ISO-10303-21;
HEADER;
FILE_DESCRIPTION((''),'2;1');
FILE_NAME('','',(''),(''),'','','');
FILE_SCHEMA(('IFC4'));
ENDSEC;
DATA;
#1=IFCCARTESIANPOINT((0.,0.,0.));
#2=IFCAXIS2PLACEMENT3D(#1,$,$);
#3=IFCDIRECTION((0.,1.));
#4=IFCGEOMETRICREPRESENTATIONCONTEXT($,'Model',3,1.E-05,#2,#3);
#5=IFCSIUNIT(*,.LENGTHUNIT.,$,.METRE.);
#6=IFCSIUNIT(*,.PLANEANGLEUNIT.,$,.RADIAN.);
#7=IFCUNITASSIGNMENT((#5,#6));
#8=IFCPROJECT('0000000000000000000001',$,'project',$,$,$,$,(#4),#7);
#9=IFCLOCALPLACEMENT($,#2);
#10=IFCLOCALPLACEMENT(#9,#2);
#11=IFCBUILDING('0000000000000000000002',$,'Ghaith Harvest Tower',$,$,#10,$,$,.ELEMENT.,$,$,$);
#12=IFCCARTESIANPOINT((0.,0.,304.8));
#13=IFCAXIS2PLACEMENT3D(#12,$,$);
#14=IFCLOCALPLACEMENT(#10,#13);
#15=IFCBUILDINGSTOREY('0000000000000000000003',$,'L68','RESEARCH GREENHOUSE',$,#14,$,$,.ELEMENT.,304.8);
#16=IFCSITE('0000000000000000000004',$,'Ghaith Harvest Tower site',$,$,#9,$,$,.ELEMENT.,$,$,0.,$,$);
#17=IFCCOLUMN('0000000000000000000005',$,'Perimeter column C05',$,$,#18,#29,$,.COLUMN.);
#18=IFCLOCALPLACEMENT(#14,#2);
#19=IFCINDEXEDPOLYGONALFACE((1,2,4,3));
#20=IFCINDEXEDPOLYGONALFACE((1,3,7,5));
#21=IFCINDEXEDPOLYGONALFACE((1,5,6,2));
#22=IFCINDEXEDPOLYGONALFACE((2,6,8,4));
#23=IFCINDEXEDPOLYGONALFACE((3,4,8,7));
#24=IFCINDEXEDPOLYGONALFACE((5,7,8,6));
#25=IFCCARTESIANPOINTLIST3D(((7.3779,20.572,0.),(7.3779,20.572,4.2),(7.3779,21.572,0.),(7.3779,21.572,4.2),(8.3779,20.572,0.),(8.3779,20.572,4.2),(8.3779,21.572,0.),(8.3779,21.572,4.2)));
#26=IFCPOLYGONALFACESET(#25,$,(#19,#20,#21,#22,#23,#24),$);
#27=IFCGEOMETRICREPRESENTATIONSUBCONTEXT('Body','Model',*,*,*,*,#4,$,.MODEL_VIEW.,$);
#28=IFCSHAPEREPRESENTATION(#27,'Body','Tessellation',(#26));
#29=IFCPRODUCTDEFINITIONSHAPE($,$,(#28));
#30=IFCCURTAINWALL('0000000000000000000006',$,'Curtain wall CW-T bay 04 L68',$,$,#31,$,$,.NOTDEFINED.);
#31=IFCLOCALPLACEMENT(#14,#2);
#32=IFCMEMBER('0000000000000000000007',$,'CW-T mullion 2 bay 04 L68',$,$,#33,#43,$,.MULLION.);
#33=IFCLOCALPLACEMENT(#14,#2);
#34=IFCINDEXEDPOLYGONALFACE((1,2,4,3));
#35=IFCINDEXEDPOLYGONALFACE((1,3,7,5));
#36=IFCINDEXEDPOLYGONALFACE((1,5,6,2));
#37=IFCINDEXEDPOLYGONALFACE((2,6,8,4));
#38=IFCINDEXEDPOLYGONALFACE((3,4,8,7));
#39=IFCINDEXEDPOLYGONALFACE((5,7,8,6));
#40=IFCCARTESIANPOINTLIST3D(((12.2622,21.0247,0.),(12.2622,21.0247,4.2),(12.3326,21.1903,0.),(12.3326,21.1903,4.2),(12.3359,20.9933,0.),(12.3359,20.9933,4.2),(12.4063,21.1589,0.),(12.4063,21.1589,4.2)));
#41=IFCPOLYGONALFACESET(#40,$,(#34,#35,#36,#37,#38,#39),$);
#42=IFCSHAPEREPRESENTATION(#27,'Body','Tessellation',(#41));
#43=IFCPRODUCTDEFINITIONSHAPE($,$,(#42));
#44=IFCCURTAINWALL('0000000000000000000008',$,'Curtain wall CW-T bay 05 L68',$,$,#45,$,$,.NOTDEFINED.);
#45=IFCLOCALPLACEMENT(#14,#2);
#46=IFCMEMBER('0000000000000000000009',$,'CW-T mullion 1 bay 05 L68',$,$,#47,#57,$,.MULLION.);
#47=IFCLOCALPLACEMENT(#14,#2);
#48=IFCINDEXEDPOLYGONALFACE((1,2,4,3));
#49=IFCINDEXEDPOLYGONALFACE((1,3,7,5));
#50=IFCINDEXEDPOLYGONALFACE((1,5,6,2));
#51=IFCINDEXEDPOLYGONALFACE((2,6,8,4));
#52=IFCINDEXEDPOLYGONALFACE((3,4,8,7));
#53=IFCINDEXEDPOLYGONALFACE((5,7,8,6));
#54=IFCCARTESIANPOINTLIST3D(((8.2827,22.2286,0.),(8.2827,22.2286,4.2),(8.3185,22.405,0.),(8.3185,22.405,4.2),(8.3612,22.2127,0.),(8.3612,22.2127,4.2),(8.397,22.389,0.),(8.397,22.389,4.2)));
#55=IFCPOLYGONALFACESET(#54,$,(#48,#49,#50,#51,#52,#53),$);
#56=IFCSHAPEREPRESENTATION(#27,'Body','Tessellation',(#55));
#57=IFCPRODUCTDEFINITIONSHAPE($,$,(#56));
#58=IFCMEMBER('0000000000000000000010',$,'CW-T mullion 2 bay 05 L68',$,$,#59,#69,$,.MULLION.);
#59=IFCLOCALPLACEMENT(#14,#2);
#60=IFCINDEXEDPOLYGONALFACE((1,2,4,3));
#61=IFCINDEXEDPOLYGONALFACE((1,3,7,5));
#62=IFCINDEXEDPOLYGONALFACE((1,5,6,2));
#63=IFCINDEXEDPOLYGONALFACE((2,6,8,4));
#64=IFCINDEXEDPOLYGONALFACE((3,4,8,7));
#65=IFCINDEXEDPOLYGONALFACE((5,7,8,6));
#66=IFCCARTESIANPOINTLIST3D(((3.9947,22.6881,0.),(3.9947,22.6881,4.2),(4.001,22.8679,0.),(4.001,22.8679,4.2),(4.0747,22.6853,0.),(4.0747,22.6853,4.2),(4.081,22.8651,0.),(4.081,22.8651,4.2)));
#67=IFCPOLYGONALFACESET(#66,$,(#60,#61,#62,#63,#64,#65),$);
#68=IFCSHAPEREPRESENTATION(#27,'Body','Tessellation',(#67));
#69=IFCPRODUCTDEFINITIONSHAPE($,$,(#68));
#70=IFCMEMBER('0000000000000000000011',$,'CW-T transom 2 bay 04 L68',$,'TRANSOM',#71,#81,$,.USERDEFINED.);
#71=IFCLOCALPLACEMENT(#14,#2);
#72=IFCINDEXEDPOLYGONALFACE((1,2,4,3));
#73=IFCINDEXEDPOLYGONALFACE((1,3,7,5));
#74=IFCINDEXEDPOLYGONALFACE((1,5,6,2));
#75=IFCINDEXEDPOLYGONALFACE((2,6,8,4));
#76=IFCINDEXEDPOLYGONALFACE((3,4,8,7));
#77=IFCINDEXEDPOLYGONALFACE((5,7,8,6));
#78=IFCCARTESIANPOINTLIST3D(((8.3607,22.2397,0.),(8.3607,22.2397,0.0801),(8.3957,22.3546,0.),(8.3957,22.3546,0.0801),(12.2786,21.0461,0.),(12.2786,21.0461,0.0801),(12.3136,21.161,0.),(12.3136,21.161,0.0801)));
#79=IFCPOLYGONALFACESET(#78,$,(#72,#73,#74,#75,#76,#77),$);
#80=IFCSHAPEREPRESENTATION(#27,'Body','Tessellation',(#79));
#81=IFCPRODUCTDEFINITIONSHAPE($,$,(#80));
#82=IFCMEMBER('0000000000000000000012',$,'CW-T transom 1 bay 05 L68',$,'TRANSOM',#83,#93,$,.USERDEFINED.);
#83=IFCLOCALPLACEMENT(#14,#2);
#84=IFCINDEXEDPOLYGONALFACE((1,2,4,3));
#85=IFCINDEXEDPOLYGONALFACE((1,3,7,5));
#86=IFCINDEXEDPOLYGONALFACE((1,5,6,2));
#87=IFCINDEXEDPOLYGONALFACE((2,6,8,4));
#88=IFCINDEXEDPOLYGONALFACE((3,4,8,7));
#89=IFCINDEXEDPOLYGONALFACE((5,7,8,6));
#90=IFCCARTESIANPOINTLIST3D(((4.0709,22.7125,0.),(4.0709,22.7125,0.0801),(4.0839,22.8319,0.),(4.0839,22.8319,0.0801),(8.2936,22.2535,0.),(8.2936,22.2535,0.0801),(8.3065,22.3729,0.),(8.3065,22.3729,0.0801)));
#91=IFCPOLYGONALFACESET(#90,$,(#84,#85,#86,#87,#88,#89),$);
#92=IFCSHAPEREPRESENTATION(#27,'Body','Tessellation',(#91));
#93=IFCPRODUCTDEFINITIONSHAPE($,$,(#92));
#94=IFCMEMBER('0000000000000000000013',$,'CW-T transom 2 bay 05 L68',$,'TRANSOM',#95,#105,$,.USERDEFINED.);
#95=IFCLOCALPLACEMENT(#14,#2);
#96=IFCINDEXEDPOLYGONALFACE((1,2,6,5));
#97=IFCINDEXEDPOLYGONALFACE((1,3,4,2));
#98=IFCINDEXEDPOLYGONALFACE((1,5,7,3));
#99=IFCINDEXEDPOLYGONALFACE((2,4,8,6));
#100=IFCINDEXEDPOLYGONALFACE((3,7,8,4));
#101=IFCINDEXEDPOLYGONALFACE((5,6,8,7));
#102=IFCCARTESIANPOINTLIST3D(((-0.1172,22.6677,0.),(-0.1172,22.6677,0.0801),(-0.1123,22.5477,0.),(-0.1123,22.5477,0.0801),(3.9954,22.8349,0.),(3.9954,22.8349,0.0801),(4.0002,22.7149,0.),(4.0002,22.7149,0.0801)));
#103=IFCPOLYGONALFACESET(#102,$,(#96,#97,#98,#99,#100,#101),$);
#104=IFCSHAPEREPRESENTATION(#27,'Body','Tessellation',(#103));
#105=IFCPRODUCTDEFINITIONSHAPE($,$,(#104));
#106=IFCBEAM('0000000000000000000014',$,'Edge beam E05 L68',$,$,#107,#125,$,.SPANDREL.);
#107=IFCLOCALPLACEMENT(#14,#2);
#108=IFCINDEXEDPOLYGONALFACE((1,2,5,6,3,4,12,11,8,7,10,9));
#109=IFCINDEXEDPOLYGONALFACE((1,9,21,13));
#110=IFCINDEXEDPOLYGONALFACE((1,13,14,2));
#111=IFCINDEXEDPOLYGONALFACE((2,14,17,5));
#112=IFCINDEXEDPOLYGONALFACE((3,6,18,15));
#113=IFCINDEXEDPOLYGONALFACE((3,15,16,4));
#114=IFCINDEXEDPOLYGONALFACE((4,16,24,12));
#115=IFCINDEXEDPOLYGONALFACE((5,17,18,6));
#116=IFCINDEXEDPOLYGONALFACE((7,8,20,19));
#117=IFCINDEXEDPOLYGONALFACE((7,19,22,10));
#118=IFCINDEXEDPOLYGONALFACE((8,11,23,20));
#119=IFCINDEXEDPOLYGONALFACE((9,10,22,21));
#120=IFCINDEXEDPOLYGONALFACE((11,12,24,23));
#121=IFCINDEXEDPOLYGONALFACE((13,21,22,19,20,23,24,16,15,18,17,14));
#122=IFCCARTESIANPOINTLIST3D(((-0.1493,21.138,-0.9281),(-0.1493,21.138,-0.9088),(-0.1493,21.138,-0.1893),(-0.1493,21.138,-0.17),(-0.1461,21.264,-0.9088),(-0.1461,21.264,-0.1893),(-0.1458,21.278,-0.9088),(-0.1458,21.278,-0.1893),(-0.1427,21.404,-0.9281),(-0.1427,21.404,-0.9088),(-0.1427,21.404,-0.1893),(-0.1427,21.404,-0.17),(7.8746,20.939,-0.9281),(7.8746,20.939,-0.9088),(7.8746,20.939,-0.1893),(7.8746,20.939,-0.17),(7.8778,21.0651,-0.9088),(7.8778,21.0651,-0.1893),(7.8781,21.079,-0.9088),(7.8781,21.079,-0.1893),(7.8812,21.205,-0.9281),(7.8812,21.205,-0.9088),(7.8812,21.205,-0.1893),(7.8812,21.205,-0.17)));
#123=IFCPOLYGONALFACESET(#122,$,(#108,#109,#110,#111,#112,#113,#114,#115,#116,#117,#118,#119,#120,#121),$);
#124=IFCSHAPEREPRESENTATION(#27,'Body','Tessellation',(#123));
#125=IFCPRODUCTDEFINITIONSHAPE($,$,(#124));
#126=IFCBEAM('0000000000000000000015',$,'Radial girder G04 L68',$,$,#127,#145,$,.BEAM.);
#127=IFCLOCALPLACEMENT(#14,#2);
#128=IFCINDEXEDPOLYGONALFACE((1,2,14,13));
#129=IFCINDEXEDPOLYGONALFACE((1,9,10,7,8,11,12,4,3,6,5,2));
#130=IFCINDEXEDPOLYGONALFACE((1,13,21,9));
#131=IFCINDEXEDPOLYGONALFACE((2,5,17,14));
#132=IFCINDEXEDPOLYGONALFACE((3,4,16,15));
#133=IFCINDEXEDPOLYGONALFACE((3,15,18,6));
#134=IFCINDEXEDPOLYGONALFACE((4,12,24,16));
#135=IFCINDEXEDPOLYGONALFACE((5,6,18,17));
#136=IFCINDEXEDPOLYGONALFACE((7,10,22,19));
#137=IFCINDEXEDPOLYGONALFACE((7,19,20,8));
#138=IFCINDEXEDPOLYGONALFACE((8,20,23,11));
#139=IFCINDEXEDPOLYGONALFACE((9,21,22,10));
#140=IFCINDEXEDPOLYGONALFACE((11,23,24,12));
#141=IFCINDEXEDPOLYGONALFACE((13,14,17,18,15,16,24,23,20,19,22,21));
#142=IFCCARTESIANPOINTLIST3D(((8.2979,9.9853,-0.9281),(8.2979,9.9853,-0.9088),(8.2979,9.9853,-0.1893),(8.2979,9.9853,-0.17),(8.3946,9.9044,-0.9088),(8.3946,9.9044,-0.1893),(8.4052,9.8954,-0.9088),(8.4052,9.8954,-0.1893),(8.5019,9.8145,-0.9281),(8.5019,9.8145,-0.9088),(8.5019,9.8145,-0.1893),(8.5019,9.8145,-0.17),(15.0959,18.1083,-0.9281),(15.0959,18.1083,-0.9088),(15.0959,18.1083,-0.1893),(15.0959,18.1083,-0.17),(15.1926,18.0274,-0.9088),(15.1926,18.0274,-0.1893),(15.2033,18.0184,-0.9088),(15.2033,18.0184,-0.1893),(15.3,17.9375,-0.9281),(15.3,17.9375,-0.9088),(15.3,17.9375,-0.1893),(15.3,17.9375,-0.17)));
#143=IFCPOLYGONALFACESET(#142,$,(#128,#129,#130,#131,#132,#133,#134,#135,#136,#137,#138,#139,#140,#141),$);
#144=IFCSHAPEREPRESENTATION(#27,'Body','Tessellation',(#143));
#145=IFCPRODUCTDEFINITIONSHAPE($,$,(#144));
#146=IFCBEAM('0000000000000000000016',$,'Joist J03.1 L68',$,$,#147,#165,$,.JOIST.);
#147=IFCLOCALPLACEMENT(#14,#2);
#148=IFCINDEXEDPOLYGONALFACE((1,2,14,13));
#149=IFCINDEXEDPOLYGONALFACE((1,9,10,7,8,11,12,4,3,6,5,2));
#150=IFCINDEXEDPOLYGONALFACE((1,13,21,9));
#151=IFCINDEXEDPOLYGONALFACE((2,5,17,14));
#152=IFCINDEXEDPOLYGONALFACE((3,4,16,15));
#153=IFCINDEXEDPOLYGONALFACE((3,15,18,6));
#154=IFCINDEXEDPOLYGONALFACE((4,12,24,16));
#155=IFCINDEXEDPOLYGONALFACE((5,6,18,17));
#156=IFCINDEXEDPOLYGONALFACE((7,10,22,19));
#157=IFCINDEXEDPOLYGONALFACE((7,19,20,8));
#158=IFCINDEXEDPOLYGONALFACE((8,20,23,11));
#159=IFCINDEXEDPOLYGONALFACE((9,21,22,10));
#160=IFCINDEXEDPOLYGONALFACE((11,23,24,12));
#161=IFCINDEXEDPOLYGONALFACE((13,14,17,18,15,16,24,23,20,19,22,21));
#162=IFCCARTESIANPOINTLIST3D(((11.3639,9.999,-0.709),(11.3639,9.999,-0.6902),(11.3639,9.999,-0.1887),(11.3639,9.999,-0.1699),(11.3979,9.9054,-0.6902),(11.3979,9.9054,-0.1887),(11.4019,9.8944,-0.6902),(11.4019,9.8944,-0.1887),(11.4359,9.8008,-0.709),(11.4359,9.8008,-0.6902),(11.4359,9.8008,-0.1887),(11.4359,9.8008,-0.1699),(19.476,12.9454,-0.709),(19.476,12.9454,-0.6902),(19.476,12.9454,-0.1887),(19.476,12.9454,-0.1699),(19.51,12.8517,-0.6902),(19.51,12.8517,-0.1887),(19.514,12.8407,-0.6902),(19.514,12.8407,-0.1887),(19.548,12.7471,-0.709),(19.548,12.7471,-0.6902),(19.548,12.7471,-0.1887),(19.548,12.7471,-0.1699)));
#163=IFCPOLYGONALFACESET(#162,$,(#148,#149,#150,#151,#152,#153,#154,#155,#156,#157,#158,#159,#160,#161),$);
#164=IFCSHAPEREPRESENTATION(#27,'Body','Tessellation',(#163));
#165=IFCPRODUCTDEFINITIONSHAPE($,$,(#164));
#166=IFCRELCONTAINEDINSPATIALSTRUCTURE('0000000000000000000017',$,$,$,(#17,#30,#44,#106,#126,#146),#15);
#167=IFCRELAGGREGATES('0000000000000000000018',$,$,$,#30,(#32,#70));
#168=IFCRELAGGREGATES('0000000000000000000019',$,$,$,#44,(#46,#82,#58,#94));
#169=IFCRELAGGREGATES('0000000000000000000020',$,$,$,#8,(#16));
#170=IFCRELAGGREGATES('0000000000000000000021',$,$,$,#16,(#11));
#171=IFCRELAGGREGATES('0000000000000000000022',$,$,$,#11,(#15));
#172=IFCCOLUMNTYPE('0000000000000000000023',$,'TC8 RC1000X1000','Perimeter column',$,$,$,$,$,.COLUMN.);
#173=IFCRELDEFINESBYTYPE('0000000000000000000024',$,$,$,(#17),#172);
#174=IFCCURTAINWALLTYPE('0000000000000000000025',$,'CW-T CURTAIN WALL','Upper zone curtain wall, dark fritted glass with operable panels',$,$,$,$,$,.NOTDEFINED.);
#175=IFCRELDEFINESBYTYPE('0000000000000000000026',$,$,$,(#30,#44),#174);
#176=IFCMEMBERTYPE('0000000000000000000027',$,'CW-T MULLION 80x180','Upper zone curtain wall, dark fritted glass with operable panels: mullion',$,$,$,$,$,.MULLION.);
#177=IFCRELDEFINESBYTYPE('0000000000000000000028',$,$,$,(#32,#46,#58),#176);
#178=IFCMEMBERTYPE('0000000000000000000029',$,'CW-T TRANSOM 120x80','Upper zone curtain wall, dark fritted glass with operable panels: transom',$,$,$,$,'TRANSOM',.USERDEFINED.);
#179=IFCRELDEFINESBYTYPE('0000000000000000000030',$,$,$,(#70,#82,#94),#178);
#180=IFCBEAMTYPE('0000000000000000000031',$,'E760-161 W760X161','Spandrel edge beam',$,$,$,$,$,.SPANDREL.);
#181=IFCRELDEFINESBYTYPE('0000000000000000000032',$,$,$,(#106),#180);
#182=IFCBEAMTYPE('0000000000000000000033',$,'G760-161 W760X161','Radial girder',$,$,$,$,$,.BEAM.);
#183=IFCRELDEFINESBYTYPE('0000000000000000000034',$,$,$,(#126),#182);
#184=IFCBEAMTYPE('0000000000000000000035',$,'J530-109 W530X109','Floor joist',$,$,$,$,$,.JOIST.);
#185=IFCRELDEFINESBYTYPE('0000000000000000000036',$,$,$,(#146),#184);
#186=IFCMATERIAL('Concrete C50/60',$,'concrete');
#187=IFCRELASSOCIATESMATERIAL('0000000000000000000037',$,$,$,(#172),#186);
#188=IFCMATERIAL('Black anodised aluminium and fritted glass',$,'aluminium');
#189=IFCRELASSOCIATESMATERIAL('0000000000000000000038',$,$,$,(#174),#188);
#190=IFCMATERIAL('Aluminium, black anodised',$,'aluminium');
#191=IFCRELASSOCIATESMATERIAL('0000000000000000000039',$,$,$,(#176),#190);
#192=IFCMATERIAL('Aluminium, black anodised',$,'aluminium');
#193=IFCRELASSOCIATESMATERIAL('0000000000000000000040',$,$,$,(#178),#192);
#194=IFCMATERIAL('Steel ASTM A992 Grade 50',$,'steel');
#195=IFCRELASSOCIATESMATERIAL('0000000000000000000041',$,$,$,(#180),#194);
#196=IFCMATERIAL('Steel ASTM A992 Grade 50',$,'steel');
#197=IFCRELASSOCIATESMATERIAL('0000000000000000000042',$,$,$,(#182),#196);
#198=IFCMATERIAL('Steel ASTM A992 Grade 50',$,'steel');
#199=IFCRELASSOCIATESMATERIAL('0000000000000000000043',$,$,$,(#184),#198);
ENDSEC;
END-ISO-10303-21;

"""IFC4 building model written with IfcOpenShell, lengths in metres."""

from ifc_helpers import new_model, si_unit, direction, frame, origin, origin_2d, place, context, subcontext, project, spatial, rectangle, i_section, extrude, material, material_profile, profile_set, type_object, element, aggregate, save


model = new_model("IFC4")

# Units and contexts
model_context = context("Model", 3, precision=1e-05, world=origin(), true_north=direction((0.0, 1.0)))
body_context = subcontext(model_context, "Body", "Model", "MODEL_VIEW")
ifc_project = project(units=[si_unit("LENGTHUNIT", "METRE"), si_unit("PLANEANGLEUNIT", "RADIAN")], contexts=[model_context])

# Site, building, storey
site_placement = place(None, origin())
site = spatial("IfcSite", under=ifc_project, at=site_placement, Name="Ghaith Harvest Tower site", CompositionType="ELEMENT", RefElevation=0.0)
building_placement = place(site_placement, origin())
building = spatial("IfcBuilding", under=site, at=building_placement, Name="Ghaith Harvest Tower", CompositionType="ELEMENT")
storey_placement = place(building_placement, frame((0.0, 0.0, 304.8)))
storey = spatial("IfcBuildingStorey", under=building, at=storey_placement, Name="L68", Description="RESEARCH GREENHOUSE", CompositionType="ELEMENT", Elevation=304.8)

# Column
ifc_material_1 = material(Name="Concrete C50/60", Category="concrete")
ifc_material_profile_1 = material_profile(ifc_material_1, rectangle(XDim=1.0, YDim=1.0, at=origin_2d()), Name="RC1000X1000")
ifc_profile_set_1 = profile_set([ifc_material_profile_1], Name="Concrete C50/60")
column_type = type_object("IfcColumnType", Name="TC8 RC1000X1000", Description="Perimeter column", PredefinedType="COLUMN", material=ifc_profile_set_1)
column_placement = place(storey_placement, frame((7.8779, 21.072, 0.0), z_axis=(0.0, 0.0, 1.0), x_axis=(1.0, 0.0, 0.0)))
element("IfcColumn", 1, at=column_placement, inside=storey, type_object=column_type, Name="Perimeter column C05", PredefinedType="COLUMN", context=body_context, shape_type="SweptSolid", body=[
    extrude(rectangle(XDim=1.0, YDim=1.0, at=origin_2d()), origin(), (0.0, 0.0, 1.0), 4.2),
])

# Curtain wall, member
ifc_material_2 = material(Name="Black anodised aluminium and fritted glass", Category="aluminium")
curtain_wall_type = type_object("IfcCurtainWallType", Name="CW-T CURTAIN WALL", Description="Upper zone curtain wall, dark fritted glass with operable panels", PredefinedType="NOTDEFINED", material=ifc_material_2)
curtain_wall_1_placement = place(storey_placement, origin())
curtain_wall_1 = element("IfcCurtainWall", 2, at=curtain_wall_1_placement, inside=storey, type_object=curtain_wall_type, Name="Curtain wall CW-T bay 04 L68", PredefinedType="NOTDEFINED")
ifc_material_3 = material(Name="Aluminium, black anodised", Category="aluminium")
ifc_material_profile_2 = material_profile(ifc_material_3, rectangle(XDim=0.0801, YDim=0.1799, at=origin_2d()), Name="CW-T MULLION 80x180")
ifc_profile_set_2 = profile_set([ifc_material_profile_2], Name="Aluminium, black anodised")
member_type_1 = type_object("IfcMemberType", Name="CW-T MULLION 80x180", Description="Upper zone curtain wall, dark fritted glass with operable panels: mullion", PredefinedType="MULLION", material=ifc_profile_set_2)
member_1_placement = place(storey_placement, frame((12.3342, 21.0918, 0.0), z_axis=(0.0, 0.0, 1.0), x_axis=(-0.920319, 0.391168, 0.0)))
member_1 = element("IfcMember", 3, at=member_1_placement, type_object=member_type_1, Name="CW-T mullion 2 bay 04 L68", PredefinedType="MULLION", context=body_context, shape_type="SweptSolid", body=[
    extrude(rectangle(XDim=0.0801, YDim=0.1799, at=origin_2d()), origin(), (0.0, 0.0, 1.0), 4.2),
])

# Curtain wall, members
curtain_wall_2_placement = place(storey_placement, origin())
curtain_wall_2 = element("IfcCurtainWall", 4, at=curtain_wall_2_placement, inside=storey, type_object=curtain_wall_type, Name="Curtain wall CW-T bay 05 L68", PredefinedType="NOTDEFINED")
member_2_placement = place(storey_placement, frame((8.3398, 22.3088, 0.0), z_axis=(0.0, 0.0, 1.0), x_axis=(-0.98, 0.198997, 0.0)))
member_2 = element("IfcMember", 5, at=member_2_placement, type_object=member_type_1, Name="CW-T mullion 1 bay 05 L68", PredefinedType="MULLION", context=body_context, shape_type="SweptSolid", body=[
    extrude(rectangle(XDim=0.0801, YDim=0.1799, at=origin_2d()), origin(), (0.0, 0.0, 1.0), 4.2),
])
member_3_placement = place(storey_placement, frame((4.0378, 22.7766, 0.0), z_axis=(0.0, 0.0, 1.0), x_axis=(-0.999389, 0.034962, 0.0)))
member_3 = element("IfcMember", 6, at=member_3_placement, type_object=member_type_1, Name="CW-T mullion 2 bay 05 L68", PredefinedType="MULLION", context=body_context, shape_type="SweptSolid", body=[
    extrude(rectangle(XDim=0.0801, YDim=0.1799, at=origin_2d()), origin(), (0.0, 0.0, 1.0), 4.2),
])

# Members
ifc_material_4 = material(Name="Aluminium, black anodised", Category="aluminium")
ifc_material_profile_3 = material_profile(ifc_material_4, rectangle(XDim=0.1201, YDim=0.0801, at=origin_2d()), Name="CW-T TRANSOM 120x80")
ifc_profile_set_3 = profile_set([ifc_material_profile_3], Name="Aluminium, black anodised")
member_type_2 = type_object("IfcMemberType", Name="CW-T TRANSOM 120x80", Description="Upper zone curtain wall, dark fritted glass with operable panels: transom", ElementType="TRANSOM", PredefinedType="USERDEFINED", material=ifc_profile_set_3)
member_4_placement = place(storey_placement, frame((12.2961, 21.1035, 0.04), z_axis=(-0.956594, 0.291425, 0.0), x_axis=(-0.291425, -0.956594, 0.0)))
member_4 = element("IfcMember", 7, at=member_4_placement, type_object=member_type_2, Name="CW-T transom 2 bay 04 L68", ObjectType="TRANSOM", PredefinedType="USERDEFINED", context=body_context, shape_type="SweptSolid", body=[
    extrude(rectangle(XDim=0.1201, YDim=0.0801, at=origin_2d()), origin(), (0.0, 0.0, 1.0), 4.0957),
])
member_5_placement = place(storey_placement, frame((8.3, 22.3132, 0.04), z_axis=(-0.994144, 0.108059, 0.0), x_axis=(-0.108059, -0.994144, 0.0)))
member_5 = element("IfcMember", 8, at=member_5_placement, type_object=member_type_2, Name="CW-T transom 1 bay 05 L68", ObjectType="TRANSOM", PredefinedType="USERDEFINED", context=body_context, shape_type="SweptSolid", body=[
    extrude(rectangle(XDim=0.1201, YDim=0.0801, at=origin_2d()), origin(), (0.0, 0.0, 1.0), 4.2476),
])
member_6_placement = place(storey_placement, frame((3.9978, 22.7749, 0.04), z_axis=(-0.999174, -0.040631, 0.0), x_axis=(0.040631, -0.999174, 0.0)))
member_6 = element("IfcMember", 9, at=member_6_placement, type_object=member_type_2, Name="CW-T transom 2 bay 05 L68", ObjectType="TRANSOM", PredefinedType="USERDEFINED", context=body_context, shape_type="SweptSolid", body=[
    extrude(rectangle(XDim=0.1201, YDim=0.0801, at=origin_2d()), origin(), (0.0, 0.0, 1.0), 4.116),
])

# Beams
ifc_material_5 = material(Name="Steel ASTM A992 Grade 50", Category="steel")
ifc_material_profile_4 = material_profile(ifc_material_5, i_section(OverallWidth=0.2661, OverallDepth=0.7581, WebThickness=0.0139, FlangeThickness=0.0193, at=origin_2d()), Name="W760X161")
ifc_profile_set_4 = profile_set([ifc_material_profile_4], Name="Steel ASTM A992 Grade 50")
beam_type_1 = type_object("IfcBeamType", Name="E760-161 W760X161", Description="Spandrel edge beam", PredefinedType="SPANDREL", material=ifc_profile_set_4)
beam_1_placement = place(storey_placement, frame((7.8779, 21.072, -0.5491), z_axis=(-0.999693, 0.02479, 0.0), x_axis=(-0.02479, -0.999693, 0.0)))
element("IfcBeam", 10, at=beam_1_placement, inside=storey, type_object=beam_type_1, Name="Edge beam E05 L68", PredefinedType="SPANDREL", context=body_context, shape_type="SweptSolid", body=[
    extrude(i_section(OverallWidth=0.2661, OverallDepth=0.7581, WebThickness=0.0139, FlangeThickness=0.0193, at=origin_2d()), origin(), (0.0, 0.0, 1.0), 8.0264),
])
ifc_material_6 = material(Name="Steel ASTM A992 Grade 50", Category="steel")
ifc_material_profile_5 = material_profile(ifc_material_6, i_section(OverallWidth=0.2661, OverallDepth=0.7581, WebThickness=0.0139, FlangeThickness=0.0193, at=origin_2d()), Name="W760X161")
ifc_profile_set_5 = profile_set([ifc_material_profile_5], Name="Steel ASTM A992 Grade 50")
beam_type_2 = type_object("IfcBeamType", Name="G760-161 W760X161", Description="Radial girder", PredefinedType="BEAM", material=ifc_profile_set_5)
beam_2_placement = place(storey_placement, frame((8.3999, 9.8999, -0.5491), z_axis=(0.641793, 0.766878, 0.0), x_axis=(-0.766878, 0.641793, 0.0)))
element("IfcBeam", 11, at=beam_2_placement, inside=storey, type_object=beam_type_2, Name="Radial girder G04 L68", PredefinedType="BEAM", context=body_context, shape_type="SweptSolid", body=[
    extrude(i_section(OverallWidth=0.2661, OverallDepth=0.7581, WebThickness=0.0139, FlangeThickness=0.0193, at=origin_2d()), origin(), (0.0, 0.0, 1.0), 10.5923),
])
ifc_material_7 = material(Name="Steel ASTM A992 Grade 50", Category="steel")
ifc_material_profile_6 = material_profile(ifc_material_7, i_section(OverallWidth=0.2109, OverallDepth=0.5391, WebThickness=0.0117, FlangeThickness=0.0188, at=origin_2d()), Name="W530X109")
ifc_profile_set_6 = profile_set([ifc_material_profile_6], Name="Steel ASTM A992 Grade 50")
beam_type_3 = type_object("IfcBeamType", Name="J530-109 W530X109", Description="Floor joist", PredefinedType="JOIST", material=ifc_profile_set_6)
beam_3_placement = place(storey_placement, frame((11.3999, 9.8999, -0.4395), z_axis=(0.939926, 0.34138, 0.0), x_axis=(-0.34138, 0.939926, 0.0)))
element("IfcBeam", 12, at=beam_3_placement, inside=storey, type_object=beam_type_3, Name="Joist J03.1 L68", PredefinedType="JOIST", context=body_context, shape_type="SweptSolid", body=[
    extrude(i_section(OverallWidth=0.2109, OverallDepth=0.5391, WebThickness=0.0117, FlangeThickness=0.0188, at=origin_2d()), origin(), (0.0, 0.0, 1.0), 8.6306),
])

aggregate(curtain_wall_1, [member_1, member_4])
aggregate(curtain_wall_2, [member_2, member_5, member_3, member_6])

save(model, "model.ifc")
